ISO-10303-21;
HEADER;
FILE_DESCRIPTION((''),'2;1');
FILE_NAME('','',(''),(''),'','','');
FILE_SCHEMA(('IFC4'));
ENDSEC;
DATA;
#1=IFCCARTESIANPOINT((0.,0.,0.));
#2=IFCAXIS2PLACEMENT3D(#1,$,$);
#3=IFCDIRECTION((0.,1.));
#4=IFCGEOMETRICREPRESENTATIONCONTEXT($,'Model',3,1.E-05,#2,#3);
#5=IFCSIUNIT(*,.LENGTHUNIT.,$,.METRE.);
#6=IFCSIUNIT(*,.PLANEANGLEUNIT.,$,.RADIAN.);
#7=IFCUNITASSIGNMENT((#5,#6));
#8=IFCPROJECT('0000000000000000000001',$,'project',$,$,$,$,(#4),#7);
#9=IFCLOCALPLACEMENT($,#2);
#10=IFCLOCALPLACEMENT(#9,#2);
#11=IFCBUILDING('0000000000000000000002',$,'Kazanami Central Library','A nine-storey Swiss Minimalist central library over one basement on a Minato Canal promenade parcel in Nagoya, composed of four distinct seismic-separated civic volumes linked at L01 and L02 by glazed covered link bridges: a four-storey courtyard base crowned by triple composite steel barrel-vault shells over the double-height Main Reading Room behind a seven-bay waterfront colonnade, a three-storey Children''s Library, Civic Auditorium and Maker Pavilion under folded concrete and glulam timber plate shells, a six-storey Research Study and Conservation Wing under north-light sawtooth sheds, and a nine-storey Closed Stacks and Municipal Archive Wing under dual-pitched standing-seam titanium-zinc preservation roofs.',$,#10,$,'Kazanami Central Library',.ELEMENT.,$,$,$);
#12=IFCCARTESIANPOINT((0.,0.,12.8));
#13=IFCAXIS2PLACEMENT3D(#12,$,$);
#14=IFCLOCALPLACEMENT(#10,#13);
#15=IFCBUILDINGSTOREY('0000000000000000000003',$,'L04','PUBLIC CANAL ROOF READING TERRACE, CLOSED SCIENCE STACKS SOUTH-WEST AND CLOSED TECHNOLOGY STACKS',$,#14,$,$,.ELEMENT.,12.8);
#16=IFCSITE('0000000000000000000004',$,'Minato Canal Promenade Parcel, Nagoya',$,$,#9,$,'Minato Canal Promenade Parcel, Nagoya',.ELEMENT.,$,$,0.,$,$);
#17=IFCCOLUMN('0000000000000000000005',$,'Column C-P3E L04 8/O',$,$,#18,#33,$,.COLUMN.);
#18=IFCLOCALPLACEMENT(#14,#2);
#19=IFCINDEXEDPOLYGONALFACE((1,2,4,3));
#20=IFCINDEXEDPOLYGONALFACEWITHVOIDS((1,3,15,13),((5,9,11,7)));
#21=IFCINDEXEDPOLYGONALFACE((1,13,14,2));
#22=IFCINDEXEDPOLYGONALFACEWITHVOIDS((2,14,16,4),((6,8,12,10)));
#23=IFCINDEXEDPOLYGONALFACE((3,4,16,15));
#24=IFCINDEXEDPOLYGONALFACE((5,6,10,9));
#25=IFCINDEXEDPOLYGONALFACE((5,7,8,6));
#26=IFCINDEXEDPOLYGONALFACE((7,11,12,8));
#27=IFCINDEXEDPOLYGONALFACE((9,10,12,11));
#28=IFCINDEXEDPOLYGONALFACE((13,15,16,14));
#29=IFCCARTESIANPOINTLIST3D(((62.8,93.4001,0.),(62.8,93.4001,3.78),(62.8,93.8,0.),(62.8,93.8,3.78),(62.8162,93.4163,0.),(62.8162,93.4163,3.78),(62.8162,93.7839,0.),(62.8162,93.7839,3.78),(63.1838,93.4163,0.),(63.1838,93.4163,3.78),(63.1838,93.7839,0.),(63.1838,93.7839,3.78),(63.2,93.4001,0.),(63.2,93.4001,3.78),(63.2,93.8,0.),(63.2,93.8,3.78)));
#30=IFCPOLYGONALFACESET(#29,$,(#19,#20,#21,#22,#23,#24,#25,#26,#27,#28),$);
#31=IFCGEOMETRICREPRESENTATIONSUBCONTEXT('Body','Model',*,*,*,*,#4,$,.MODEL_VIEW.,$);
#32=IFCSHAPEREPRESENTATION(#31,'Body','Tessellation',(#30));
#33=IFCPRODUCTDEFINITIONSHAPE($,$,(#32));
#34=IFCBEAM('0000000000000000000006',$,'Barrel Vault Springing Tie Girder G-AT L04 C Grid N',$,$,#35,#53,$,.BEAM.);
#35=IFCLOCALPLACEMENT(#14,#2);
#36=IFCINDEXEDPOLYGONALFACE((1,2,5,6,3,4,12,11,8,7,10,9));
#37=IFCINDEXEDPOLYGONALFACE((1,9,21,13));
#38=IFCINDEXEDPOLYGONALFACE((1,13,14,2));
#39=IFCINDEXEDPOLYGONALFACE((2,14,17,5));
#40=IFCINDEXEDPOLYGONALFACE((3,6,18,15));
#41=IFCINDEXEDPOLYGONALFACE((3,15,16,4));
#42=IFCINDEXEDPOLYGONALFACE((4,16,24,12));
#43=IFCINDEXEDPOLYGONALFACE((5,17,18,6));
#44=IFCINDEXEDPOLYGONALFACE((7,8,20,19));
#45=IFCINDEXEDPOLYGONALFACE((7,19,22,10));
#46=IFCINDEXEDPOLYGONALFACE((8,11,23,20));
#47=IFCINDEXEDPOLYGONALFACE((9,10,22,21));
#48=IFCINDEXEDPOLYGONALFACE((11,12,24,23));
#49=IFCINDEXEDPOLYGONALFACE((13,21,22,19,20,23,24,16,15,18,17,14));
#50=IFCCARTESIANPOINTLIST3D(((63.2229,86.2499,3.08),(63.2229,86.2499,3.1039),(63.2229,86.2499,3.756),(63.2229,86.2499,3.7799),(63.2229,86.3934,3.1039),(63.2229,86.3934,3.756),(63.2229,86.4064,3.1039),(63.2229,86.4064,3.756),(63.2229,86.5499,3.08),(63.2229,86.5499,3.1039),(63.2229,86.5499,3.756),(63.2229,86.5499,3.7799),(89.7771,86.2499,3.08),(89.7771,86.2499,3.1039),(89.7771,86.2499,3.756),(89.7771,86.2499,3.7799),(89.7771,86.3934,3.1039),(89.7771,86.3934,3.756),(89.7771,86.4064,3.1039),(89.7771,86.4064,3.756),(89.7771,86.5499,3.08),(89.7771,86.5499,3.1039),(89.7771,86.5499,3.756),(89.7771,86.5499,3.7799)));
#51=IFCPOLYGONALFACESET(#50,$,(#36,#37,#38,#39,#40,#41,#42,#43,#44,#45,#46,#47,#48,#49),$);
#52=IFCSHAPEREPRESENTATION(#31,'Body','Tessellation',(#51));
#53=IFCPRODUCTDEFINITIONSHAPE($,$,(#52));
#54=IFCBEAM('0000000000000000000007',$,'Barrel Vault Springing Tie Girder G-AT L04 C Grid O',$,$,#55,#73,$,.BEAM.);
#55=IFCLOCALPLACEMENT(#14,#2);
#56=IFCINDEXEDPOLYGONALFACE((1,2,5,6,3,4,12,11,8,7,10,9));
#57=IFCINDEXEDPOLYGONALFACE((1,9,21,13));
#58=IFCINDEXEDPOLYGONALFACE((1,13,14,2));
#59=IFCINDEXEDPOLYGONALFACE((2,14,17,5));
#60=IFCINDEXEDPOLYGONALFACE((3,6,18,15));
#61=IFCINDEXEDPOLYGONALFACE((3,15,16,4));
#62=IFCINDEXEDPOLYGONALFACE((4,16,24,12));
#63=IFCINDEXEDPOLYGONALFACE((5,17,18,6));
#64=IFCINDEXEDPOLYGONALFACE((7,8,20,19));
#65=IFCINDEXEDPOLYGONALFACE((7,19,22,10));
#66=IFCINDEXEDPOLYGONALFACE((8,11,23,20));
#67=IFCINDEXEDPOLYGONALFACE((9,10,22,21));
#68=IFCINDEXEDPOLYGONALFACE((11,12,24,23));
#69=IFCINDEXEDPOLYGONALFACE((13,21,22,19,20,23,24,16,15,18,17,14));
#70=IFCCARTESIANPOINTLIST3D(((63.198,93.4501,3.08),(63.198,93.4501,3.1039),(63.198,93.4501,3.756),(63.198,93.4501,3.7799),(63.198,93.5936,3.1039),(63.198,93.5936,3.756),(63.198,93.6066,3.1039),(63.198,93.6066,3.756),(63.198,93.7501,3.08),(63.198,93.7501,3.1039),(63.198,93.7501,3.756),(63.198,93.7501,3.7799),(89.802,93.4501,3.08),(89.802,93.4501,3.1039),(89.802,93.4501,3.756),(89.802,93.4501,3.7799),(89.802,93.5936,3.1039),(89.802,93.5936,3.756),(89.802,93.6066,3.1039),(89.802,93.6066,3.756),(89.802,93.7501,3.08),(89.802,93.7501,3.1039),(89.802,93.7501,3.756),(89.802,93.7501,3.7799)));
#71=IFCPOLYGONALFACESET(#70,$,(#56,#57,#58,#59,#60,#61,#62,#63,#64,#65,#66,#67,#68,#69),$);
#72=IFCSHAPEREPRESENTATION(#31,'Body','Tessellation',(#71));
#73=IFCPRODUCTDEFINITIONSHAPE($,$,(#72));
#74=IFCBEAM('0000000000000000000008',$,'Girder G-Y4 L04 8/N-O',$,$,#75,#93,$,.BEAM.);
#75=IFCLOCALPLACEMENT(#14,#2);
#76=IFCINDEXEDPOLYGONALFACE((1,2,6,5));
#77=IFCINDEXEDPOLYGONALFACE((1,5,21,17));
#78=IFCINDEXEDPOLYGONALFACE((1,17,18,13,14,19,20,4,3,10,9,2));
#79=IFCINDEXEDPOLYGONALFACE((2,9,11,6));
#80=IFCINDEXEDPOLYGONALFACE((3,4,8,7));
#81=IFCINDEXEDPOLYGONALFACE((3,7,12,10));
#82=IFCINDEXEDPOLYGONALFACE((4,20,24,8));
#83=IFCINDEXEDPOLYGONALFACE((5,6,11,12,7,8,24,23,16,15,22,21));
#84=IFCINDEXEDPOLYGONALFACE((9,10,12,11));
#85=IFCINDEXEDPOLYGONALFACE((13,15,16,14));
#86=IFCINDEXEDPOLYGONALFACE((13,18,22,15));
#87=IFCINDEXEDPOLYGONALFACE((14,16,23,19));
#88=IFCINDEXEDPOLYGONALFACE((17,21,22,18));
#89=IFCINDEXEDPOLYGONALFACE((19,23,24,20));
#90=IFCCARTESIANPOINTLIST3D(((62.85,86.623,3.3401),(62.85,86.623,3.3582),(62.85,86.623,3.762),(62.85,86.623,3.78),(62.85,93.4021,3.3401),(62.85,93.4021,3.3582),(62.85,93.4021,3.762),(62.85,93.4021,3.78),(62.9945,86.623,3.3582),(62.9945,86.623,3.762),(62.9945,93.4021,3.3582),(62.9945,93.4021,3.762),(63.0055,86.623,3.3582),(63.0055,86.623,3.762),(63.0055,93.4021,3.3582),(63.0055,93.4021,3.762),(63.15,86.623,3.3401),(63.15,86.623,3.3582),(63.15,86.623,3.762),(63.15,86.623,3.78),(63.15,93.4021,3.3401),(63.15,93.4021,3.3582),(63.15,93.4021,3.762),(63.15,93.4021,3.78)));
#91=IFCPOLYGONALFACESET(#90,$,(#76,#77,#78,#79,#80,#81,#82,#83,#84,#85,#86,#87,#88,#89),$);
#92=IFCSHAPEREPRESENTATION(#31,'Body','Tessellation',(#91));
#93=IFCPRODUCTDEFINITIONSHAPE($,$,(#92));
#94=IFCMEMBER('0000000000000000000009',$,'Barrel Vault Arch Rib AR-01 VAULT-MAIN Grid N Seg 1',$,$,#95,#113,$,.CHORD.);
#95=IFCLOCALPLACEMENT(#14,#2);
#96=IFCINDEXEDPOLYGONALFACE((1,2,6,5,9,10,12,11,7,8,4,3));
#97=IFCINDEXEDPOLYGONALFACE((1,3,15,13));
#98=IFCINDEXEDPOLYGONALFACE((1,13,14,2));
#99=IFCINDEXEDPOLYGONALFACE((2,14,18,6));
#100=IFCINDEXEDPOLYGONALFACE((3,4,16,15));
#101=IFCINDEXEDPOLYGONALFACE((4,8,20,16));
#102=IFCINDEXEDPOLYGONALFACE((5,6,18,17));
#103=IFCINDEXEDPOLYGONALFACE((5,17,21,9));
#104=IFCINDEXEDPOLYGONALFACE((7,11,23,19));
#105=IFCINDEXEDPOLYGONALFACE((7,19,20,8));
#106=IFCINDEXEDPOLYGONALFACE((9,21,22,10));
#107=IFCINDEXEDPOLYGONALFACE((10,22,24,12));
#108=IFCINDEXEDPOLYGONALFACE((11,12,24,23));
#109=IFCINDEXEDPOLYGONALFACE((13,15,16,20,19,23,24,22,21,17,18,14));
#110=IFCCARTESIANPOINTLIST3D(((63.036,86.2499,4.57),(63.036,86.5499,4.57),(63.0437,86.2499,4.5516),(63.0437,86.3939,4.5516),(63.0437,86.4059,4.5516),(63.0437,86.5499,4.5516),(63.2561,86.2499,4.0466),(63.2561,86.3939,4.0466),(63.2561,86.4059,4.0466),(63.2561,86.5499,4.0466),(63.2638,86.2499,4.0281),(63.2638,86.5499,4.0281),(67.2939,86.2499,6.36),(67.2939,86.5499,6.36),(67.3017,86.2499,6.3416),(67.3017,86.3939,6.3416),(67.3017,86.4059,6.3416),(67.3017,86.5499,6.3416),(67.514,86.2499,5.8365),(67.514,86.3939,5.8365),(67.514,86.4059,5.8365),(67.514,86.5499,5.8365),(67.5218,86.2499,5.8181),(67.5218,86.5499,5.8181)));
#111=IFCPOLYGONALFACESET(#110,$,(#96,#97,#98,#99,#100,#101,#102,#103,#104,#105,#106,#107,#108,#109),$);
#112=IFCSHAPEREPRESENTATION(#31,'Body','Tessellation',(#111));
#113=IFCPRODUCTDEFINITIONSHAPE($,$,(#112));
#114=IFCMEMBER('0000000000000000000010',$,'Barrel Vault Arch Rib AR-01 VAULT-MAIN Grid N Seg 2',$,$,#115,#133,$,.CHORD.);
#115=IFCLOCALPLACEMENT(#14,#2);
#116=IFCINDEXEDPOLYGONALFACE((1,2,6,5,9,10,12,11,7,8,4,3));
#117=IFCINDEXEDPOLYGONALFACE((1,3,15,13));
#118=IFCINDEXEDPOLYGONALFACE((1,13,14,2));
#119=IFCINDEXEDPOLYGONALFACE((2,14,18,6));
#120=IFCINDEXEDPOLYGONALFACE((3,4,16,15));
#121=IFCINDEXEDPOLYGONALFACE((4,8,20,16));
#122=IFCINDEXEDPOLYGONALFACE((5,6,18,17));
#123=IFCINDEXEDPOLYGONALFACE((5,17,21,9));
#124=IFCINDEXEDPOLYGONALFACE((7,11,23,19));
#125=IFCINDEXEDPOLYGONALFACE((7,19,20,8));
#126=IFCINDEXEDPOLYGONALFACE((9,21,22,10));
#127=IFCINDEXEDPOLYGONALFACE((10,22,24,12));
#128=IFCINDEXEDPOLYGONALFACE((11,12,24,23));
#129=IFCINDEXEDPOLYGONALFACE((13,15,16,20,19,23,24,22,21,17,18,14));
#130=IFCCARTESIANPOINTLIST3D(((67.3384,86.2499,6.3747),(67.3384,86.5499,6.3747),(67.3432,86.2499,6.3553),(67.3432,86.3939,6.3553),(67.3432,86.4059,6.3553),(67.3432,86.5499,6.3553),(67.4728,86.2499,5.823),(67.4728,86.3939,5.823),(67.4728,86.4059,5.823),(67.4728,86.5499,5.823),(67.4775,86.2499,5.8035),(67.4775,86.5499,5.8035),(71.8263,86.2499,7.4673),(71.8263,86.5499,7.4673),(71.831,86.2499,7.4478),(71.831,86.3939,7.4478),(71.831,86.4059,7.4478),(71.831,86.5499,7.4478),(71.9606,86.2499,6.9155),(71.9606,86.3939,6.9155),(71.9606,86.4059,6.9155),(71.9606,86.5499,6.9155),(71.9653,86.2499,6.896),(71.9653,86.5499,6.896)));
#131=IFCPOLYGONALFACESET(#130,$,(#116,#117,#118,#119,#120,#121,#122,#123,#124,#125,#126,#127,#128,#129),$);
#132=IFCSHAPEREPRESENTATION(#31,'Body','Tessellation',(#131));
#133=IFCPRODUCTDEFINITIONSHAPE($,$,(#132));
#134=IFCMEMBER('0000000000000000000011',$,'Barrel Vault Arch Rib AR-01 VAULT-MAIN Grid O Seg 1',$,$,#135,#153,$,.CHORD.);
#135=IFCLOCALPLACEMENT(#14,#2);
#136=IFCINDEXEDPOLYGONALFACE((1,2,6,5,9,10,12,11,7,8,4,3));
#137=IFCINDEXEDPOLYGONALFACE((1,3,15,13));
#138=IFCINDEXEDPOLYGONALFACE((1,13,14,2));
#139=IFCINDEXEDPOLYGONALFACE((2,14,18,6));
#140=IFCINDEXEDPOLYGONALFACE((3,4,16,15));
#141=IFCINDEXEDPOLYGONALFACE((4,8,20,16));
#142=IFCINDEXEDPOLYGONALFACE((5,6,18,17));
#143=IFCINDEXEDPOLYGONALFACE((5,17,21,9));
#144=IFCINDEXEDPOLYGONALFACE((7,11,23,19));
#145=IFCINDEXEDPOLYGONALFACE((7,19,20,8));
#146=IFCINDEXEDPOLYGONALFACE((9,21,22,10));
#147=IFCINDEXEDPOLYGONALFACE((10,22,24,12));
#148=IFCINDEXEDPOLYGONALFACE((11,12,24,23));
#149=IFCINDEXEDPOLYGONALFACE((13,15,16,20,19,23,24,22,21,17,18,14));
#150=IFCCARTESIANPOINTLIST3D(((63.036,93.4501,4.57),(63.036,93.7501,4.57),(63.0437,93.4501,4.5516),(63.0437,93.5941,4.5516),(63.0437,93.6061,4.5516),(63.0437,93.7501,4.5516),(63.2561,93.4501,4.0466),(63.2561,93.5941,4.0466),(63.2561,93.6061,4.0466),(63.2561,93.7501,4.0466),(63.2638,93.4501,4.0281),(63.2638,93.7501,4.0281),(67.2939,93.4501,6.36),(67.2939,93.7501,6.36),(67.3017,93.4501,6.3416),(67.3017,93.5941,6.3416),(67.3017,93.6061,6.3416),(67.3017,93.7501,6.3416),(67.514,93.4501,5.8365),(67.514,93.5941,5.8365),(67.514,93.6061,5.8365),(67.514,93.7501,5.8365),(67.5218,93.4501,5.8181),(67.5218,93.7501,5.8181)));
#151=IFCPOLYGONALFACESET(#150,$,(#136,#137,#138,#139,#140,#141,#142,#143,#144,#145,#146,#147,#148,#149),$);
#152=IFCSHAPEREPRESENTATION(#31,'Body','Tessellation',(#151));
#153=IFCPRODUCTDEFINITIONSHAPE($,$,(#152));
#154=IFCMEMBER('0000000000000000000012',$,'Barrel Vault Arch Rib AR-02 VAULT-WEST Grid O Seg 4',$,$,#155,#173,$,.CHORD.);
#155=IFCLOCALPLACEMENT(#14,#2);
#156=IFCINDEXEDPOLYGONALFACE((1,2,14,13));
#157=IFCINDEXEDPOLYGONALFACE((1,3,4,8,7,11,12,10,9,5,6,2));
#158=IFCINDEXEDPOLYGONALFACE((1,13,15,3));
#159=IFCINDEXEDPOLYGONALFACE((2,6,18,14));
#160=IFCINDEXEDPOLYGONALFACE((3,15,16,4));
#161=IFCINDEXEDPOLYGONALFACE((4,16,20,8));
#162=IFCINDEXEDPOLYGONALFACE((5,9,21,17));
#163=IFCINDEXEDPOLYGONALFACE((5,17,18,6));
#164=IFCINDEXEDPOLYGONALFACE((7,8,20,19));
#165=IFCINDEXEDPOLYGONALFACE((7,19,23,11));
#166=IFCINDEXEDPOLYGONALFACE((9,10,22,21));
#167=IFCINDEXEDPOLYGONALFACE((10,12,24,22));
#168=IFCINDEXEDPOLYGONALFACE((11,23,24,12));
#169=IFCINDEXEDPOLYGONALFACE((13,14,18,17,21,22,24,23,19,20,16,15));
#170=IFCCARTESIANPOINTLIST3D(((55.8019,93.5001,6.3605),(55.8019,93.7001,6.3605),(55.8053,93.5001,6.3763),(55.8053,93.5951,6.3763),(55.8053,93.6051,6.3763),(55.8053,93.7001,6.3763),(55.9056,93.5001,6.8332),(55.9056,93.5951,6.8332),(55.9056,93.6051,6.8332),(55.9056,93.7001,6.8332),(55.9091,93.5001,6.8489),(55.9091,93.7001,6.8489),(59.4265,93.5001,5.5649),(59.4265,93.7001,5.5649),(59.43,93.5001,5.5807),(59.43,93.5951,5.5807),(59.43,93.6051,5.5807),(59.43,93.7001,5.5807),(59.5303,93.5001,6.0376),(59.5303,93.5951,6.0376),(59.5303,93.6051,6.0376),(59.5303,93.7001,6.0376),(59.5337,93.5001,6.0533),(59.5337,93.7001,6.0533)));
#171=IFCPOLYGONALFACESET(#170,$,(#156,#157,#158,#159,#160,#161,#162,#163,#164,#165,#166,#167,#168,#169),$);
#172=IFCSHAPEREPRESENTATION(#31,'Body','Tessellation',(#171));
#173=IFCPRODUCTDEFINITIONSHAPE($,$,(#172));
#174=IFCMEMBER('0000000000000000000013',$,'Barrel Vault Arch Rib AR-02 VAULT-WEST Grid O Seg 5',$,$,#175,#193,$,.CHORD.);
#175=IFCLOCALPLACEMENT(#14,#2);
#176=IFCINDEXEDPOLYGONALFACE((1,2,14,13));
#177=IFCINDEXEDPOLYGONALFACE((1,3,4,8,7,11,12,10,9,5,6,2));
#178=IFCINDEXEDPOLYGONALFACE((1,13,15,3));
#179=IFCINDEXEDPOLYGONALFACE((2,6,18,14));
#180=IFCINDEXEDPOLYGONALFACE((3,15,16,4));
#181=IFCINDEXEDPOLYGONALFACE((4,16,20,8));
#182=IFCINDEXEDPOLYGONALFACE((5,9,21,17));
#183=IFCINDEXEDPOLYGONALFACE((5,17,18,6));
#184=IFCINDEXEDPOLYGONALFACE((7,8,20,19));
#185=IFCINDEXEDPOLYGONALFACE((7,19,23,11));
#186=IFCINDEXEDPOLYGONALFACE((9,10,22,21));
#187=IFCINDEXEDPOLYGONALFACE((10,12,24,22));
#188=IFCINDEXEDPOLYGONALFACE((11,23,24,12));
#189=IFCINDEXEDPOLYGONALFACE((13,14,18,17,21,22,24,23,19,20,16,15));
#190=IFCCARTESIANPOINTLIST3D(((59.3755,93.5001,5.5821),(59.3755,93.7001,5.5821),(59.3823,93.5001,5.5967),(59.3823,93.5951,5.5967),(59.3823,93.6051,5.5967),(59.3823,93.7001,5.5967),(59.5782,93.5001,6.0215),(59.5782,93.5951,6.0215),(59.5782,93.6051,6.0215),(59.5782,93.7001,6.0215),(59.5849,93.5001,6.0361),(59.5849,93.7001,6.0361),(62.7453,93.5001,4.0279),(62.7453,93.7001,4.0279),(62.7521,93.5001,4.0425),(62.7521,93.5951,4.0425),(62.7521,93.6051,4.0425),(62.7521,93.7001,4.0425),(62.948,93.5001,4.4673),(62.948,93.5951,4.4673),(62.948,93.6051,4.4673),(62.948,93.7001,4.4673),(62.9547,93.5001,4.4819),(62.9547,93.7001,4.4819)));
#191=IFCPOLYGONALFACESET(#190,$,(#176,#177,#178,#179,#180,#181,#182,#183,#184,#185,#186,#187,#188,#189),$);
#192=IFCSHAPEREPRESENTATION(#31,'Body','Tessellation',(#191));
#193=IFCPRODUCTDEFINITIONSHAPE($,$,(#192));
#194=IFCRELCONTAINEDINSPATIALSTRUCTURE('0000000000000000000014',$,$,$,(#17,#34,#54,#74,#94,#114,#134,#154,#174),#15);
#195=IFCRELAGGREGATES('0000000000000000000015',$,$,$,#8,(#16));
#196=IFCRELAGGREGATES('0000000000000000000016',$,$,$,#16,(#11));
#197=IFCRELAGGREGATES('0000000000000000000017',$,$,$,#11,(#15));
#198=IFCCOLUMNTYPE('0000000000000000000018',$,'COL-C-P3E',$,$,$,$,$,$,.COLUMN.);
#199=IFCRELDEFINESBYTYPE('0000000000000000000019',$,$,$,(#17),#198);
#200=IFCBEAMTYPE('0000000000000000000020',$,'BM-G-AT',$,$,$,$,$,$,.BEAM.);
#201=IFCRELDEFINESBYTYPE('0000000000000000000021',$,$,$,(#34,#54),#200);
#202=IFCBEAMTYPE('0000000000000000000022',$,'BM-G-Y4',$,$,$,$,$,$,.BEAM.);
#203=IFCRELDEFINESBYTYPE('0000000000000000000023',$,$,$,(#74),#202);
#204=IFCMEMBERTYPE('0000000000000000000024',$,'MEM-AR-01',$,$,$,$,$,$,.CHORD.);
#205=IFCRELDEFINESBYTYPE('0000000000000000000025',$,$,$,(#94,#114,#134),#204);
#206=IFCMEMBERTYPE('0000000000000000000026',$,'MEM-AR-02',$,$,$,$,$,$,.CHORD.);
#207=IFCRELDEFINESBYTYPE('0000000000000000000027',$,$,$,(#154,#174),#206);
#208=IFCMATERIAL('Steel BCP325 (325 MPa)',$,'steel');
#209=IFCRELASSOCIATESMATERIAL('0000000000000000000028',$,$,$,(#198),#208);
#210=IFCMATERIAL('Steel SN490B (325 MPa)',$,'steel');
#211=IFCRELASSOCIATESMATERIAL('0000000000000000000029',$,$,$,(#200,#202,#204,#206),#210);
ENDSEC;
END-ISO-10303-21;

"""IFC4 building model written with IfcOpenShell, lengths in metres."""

from ifc_helpers import new_model, si_unit, direction, frame, origin, origin_2d, place, context, subcontext, project, spatial, hollow_rectangle, i_section, extrude, material, material_profile, profile_set, type_object, element, save


model = new_model("IFC4")

# Units and contexts
model_context = context("Model", 3, precision=1e-05, world=origin(), true_north=direction((0.0, 1.0)))
body_context = subcontext(model_context, "Body", "Model", "MODEL_VIEW")
ifc_project = project(units=[si_unit("LENGTHUNIT", "METRE"), si_unit("PLANEANGLEUNIT", "RADIAN")], contexts=[model_context])

# Site, building, storey
site_placement = place(None, origin())
site = spatial("IfcSite", under=ifc_project, at=site_placement, Name="Minato Canal Promenade Parcel, Nagoya", LongName="Minato Canal Promenade Parcel, Nagoya", CompositionType="ELEMENT", RefElevation=0.0)
building_placement = place(site_placement, origin())
building = spatial("IfcBuilding", under=site, at=building_placement, Name="Kazanami Central Library", Description="A nine-storey Swiss Minimalist central library over one basement on a Minato Canal promenade parcel in Nagoya, composed of four distinct seismic-separated civic volumes linked at L01 and L02 by glazed covered link bridges: a four-storey courtyard base crowned by triple composite steel barrel-vault shells over the double-height Main Reading Room behind a seven-bay waterfront colonnade, a three-storey Children's Library, Civic Auditorium and Maker Pavilion under folded concrete and glulam timber plate shells, a six-storey Research Study and Conservation Wing under north-light sawtooth sheds, and a nine-storey Closed Stacks and Municipal Archive Wing under dual-pitched standing-seam titanium-zinc preservation roofs.", LongName="Kazanami Central Library", CompositionType="ELEMENT")
storey_placement = place(building_placement, frame((0.0, 0.0, 12.8)))
storey = spatial("IfcBuildingStorey", under=building, at=storey_placement, Name="L04", Description="PUBLIC CANAL ROOF READING TERRACE, CLOSED SCIENCE STACKS SOUTH-WEST AND CLOSED TECHNOLOGY STACKS", CompositionType="ELEMENT", Elevation=12.8)

# Column
ifc_material_1 = material(Name="Steel BCP325 (325 MPa)", Category="steel")
ifc_material_profile_1 = material_profile(ifc_material_1, hollow_rectangle(XDim=0.3999, YDim=0.3999, WallThickness=0.0161, at=origin_2d()), Name="BCP-400x400x16")
ifc_profile_set_1 = profile_set([ifc_material_profile_1], Name="Steel BCP325 (325 MPa)")
column_type = type_object("IfcColumnType", Name="COL-C-P3E", PredefinedType="COLUMN", material=ifc_profile_set_1)
column_placement = place(storey_placement, frame((63.0, 93.6001, 0.0), z_axis=(0.0, 0.0, 1.0), x_axis=(1.0, 0.0, 0.0)))
element("IfcColumn", 1, at=column_placement, inside=storey, type_object=column_type, Name="Column C-P3E L04 8/O", PredefinedType="COLUMN", context=body_context, shape_type="SweptSolid", body=[
    extrude(hollow_rectangle(XDim=0.3999, YDim=0.3999, WallThickness=0.0161, at=origin_2d()), origin(), (0.0, 0.0, 1.0), 3.78),
])

# Beams
ifc_material_2 = material(Name="Steel SN490B (325 MPa)", Category="steel")
ifc_material_profile_2 = material_profile(ifc_material_2, i_section(OverallWidth=0.3, OverallDepth=0.7, WebThickness=0.0129, FlangeThickness=0.0239, at=origin_2d()), Name="H-700x300x13x24")
ifc_profile_set_2 = profile_set([ifc_material_profile_2], Name="Steel SN490B (325 MPa)")
beam_type_1 = type_object("IfcBeamType", Name="BM-G-AT", PredefinedType="BEAM", material=ifc_profile_set_2)
beam_1_placement = place(storey_placement, frame((63.2229, 86.3999, 3.4299), z_axis=(1.0, 0.0, 0.0), x_axis=(0.0, 1.0, 0.0)))
element("IfcBeam", 2, at=beam_1_placement, inside=storey, type_object=beam_type_1, Name="Barrel Vault Springing Tie Girder G-AT L04 C Grid N", PredefinedType="BEAM", context=body_context, shape_type="SweptSolid", body=[
    extrude(i_section(OverallWidth=0.3, OverallDepth=0.7, WebThickness=0.0129, FlangeThickness=0.0239, at=origin_2d()), origin(), (0.0, 0.0, 1.0), 26.5542),
])
beam_2_placement = place(storey_placement, frame((63.198, 93.6001, 3.4299), z_axis=(1.0, 0.0, 0.0), x_axis=(0.0, 1.0, 0.0)))
element("IfcBeam", 3, at=beam_2_placement, inside=storey, type_object=beam_type_1, Name="Barrel Vault Springing Tie Girder G-AT L04 C Grid O", PredefinedType="BEAM", context=body_context, shape_type="SweptSolid", body=[
    extrude(i_section(OverallWidth=0.3, OverallDepth=0.7, WebThickness=0.0129, FlangeThickness=0.0239, at=origin_2d()), origin(), (0.0, 0.0, 1.0), 26.604),
])
ifc_material_profile_3 = material_profile(ifc_material_2, i_section(OverallWidth=0.3, OverallDepth=0.4399, WebThickness=0.011, FlangeThickness=0.0181, at=origin_2d()), Name="H-440x300x11x18")
ifc_profile_set_3 = profile_set([ifc_material_profile_3], Name="Steel SN490B (325 MPa)")
beam_type_2 = type_object("IfcBeamType", Name="BM-G-Y4", PredefinedType="BEAM", material=ifc_profile_set_3)
beam_3_placement = place(storey_placement, frame((63.0, 86.623, 3.5601), z_axis=(0.0, 1.0, 0.0), x_axis=(-1.0, 0.0, 0.0)))
element("IfcBeam", 4, at=beam_3_placement, inside=storey, type_object=beam_type_2, Name="Girder G-Y4 L04 8/N-O", PredefinedType="BEAM", context=body_context, shape_type="SweptSolid", body=[
    extrude(i_section(OverallWidth=0.3, OverallDepth=0.4399, WebThickness=0.011, FlangeThickness=0.0181, at=origin_2d()), origin(), (0.0, 0.0, 1.0), 6.7791),
])

# Members
ifc_material_profile_4 = material_profile(ifc_material_2, i_section(OverallWidth=0.3, OverallDepth=0.5879, WebThickness=0.012, FlangeThickness=0.02, at=origin_2d()), Name="H-588x300x12x20")
ifc_profile_set_4 = profile_set([ifc_material_profile_4], Name="Steel SN490B (325 MPa)")
member_type_1 = type_object("IfcMemberType", Name="MEM-AR-01", PredefinedType="CHORD", material=ifc_profile_set_4)
for number, where, z_axis, x_axis, name in (
    (5, (63.1499, 86.3999, 4.2991), (0.921854, 0.0, 0.387537), (0.0, 1.0, 0.0), "Barrel Vault Arch Rib AR-01 VAULT-MAIN Grid N Seg 1"),
    (6, (67.408, 86.3999, 6.0891), (0.971623, 0.0, 0.236536), (0.0, 1.0, 0.0), "Barrel Vault Arch Rib AR-01 VAULT-MAIN Grid N Seg 2"),
    (7, (63.1499, 93.6001, 4.2991), (0.921854, 0.0, 0.387537), (0.0, 1.0, 0.0), "Barrel Vault Arch Rib AR-01 VAULT-MAIN Grid O Seg 1"),
):
    element("IfcMember", number, at=place(storey_placement, frame(where, z_axis=z_axis, x_axis=x_axis)), inside=storey, type_object=member_type_1, Name=name, PredefinedType="CHORD", context=body_context, shape_type="SweptSolid", body=[
        extrude(i_section(OverallWidth=0.3, OverallDepth=0.5879, WebThickness=0.012, FlangeThickness=0.02, at=origin_2d()), origin(), (0.0, 0.0, 1.0), 4.6189),
    ])
ifc_material_profile_5 = material_profile(ifc_material_2, i_section(OverallWidth=0.2, OverallDepth=0.5, WebThickness=0.01, FlangeThickness=0.0161, at=origin_2d()), Name="H-500x200x10x16")
ifc_profile_set_5 = profile_set([ifc_material_profile_5], Name="Steel SN490B (325 MPa)")
member_type_2 = type_object("IfcMemberType", Name="MEM-AR-02", PredefinedType="CHORD", material=ifc_profile_set_5)
for number, where, z_axis, x_axis, name in (
    (8, (55.8555, 93.6001, 6.6047), (0.976746, 0.0, -0.214401), (0.0, 1.0, 0.0), "Barrel Vault Arch Rib AR-02 VAULT-WEST Grid O Seg 4"),
    (9, (59.4802, 93.6001, 5.8091), (0.908075, 0.0, -0.418808), (0.0, 1.0, 0.0), "Barrel Vault Arch Rib AR-02 VAULT-WEST Grid O Seg 5"),
):
    element("IfcMember", number, at=place(storey_placement, frame(where, z_axis=z_axis, x_axis=x_axis)), inside=storey, type_object=member_type_2, Name=name, PredefinedType="CHORD", context=body_context, shape_type="SweptSolid", body=[
        extrude(i_section(OverallWidth=0.2, OverallDepth=0.5, WebThickness=0.01, FlangeThickness=0.0161, at=origin_2d()), origin(), (0.0, 0.0, 1.0), 3.7109),
    ])

save(model, "model.ifc")
